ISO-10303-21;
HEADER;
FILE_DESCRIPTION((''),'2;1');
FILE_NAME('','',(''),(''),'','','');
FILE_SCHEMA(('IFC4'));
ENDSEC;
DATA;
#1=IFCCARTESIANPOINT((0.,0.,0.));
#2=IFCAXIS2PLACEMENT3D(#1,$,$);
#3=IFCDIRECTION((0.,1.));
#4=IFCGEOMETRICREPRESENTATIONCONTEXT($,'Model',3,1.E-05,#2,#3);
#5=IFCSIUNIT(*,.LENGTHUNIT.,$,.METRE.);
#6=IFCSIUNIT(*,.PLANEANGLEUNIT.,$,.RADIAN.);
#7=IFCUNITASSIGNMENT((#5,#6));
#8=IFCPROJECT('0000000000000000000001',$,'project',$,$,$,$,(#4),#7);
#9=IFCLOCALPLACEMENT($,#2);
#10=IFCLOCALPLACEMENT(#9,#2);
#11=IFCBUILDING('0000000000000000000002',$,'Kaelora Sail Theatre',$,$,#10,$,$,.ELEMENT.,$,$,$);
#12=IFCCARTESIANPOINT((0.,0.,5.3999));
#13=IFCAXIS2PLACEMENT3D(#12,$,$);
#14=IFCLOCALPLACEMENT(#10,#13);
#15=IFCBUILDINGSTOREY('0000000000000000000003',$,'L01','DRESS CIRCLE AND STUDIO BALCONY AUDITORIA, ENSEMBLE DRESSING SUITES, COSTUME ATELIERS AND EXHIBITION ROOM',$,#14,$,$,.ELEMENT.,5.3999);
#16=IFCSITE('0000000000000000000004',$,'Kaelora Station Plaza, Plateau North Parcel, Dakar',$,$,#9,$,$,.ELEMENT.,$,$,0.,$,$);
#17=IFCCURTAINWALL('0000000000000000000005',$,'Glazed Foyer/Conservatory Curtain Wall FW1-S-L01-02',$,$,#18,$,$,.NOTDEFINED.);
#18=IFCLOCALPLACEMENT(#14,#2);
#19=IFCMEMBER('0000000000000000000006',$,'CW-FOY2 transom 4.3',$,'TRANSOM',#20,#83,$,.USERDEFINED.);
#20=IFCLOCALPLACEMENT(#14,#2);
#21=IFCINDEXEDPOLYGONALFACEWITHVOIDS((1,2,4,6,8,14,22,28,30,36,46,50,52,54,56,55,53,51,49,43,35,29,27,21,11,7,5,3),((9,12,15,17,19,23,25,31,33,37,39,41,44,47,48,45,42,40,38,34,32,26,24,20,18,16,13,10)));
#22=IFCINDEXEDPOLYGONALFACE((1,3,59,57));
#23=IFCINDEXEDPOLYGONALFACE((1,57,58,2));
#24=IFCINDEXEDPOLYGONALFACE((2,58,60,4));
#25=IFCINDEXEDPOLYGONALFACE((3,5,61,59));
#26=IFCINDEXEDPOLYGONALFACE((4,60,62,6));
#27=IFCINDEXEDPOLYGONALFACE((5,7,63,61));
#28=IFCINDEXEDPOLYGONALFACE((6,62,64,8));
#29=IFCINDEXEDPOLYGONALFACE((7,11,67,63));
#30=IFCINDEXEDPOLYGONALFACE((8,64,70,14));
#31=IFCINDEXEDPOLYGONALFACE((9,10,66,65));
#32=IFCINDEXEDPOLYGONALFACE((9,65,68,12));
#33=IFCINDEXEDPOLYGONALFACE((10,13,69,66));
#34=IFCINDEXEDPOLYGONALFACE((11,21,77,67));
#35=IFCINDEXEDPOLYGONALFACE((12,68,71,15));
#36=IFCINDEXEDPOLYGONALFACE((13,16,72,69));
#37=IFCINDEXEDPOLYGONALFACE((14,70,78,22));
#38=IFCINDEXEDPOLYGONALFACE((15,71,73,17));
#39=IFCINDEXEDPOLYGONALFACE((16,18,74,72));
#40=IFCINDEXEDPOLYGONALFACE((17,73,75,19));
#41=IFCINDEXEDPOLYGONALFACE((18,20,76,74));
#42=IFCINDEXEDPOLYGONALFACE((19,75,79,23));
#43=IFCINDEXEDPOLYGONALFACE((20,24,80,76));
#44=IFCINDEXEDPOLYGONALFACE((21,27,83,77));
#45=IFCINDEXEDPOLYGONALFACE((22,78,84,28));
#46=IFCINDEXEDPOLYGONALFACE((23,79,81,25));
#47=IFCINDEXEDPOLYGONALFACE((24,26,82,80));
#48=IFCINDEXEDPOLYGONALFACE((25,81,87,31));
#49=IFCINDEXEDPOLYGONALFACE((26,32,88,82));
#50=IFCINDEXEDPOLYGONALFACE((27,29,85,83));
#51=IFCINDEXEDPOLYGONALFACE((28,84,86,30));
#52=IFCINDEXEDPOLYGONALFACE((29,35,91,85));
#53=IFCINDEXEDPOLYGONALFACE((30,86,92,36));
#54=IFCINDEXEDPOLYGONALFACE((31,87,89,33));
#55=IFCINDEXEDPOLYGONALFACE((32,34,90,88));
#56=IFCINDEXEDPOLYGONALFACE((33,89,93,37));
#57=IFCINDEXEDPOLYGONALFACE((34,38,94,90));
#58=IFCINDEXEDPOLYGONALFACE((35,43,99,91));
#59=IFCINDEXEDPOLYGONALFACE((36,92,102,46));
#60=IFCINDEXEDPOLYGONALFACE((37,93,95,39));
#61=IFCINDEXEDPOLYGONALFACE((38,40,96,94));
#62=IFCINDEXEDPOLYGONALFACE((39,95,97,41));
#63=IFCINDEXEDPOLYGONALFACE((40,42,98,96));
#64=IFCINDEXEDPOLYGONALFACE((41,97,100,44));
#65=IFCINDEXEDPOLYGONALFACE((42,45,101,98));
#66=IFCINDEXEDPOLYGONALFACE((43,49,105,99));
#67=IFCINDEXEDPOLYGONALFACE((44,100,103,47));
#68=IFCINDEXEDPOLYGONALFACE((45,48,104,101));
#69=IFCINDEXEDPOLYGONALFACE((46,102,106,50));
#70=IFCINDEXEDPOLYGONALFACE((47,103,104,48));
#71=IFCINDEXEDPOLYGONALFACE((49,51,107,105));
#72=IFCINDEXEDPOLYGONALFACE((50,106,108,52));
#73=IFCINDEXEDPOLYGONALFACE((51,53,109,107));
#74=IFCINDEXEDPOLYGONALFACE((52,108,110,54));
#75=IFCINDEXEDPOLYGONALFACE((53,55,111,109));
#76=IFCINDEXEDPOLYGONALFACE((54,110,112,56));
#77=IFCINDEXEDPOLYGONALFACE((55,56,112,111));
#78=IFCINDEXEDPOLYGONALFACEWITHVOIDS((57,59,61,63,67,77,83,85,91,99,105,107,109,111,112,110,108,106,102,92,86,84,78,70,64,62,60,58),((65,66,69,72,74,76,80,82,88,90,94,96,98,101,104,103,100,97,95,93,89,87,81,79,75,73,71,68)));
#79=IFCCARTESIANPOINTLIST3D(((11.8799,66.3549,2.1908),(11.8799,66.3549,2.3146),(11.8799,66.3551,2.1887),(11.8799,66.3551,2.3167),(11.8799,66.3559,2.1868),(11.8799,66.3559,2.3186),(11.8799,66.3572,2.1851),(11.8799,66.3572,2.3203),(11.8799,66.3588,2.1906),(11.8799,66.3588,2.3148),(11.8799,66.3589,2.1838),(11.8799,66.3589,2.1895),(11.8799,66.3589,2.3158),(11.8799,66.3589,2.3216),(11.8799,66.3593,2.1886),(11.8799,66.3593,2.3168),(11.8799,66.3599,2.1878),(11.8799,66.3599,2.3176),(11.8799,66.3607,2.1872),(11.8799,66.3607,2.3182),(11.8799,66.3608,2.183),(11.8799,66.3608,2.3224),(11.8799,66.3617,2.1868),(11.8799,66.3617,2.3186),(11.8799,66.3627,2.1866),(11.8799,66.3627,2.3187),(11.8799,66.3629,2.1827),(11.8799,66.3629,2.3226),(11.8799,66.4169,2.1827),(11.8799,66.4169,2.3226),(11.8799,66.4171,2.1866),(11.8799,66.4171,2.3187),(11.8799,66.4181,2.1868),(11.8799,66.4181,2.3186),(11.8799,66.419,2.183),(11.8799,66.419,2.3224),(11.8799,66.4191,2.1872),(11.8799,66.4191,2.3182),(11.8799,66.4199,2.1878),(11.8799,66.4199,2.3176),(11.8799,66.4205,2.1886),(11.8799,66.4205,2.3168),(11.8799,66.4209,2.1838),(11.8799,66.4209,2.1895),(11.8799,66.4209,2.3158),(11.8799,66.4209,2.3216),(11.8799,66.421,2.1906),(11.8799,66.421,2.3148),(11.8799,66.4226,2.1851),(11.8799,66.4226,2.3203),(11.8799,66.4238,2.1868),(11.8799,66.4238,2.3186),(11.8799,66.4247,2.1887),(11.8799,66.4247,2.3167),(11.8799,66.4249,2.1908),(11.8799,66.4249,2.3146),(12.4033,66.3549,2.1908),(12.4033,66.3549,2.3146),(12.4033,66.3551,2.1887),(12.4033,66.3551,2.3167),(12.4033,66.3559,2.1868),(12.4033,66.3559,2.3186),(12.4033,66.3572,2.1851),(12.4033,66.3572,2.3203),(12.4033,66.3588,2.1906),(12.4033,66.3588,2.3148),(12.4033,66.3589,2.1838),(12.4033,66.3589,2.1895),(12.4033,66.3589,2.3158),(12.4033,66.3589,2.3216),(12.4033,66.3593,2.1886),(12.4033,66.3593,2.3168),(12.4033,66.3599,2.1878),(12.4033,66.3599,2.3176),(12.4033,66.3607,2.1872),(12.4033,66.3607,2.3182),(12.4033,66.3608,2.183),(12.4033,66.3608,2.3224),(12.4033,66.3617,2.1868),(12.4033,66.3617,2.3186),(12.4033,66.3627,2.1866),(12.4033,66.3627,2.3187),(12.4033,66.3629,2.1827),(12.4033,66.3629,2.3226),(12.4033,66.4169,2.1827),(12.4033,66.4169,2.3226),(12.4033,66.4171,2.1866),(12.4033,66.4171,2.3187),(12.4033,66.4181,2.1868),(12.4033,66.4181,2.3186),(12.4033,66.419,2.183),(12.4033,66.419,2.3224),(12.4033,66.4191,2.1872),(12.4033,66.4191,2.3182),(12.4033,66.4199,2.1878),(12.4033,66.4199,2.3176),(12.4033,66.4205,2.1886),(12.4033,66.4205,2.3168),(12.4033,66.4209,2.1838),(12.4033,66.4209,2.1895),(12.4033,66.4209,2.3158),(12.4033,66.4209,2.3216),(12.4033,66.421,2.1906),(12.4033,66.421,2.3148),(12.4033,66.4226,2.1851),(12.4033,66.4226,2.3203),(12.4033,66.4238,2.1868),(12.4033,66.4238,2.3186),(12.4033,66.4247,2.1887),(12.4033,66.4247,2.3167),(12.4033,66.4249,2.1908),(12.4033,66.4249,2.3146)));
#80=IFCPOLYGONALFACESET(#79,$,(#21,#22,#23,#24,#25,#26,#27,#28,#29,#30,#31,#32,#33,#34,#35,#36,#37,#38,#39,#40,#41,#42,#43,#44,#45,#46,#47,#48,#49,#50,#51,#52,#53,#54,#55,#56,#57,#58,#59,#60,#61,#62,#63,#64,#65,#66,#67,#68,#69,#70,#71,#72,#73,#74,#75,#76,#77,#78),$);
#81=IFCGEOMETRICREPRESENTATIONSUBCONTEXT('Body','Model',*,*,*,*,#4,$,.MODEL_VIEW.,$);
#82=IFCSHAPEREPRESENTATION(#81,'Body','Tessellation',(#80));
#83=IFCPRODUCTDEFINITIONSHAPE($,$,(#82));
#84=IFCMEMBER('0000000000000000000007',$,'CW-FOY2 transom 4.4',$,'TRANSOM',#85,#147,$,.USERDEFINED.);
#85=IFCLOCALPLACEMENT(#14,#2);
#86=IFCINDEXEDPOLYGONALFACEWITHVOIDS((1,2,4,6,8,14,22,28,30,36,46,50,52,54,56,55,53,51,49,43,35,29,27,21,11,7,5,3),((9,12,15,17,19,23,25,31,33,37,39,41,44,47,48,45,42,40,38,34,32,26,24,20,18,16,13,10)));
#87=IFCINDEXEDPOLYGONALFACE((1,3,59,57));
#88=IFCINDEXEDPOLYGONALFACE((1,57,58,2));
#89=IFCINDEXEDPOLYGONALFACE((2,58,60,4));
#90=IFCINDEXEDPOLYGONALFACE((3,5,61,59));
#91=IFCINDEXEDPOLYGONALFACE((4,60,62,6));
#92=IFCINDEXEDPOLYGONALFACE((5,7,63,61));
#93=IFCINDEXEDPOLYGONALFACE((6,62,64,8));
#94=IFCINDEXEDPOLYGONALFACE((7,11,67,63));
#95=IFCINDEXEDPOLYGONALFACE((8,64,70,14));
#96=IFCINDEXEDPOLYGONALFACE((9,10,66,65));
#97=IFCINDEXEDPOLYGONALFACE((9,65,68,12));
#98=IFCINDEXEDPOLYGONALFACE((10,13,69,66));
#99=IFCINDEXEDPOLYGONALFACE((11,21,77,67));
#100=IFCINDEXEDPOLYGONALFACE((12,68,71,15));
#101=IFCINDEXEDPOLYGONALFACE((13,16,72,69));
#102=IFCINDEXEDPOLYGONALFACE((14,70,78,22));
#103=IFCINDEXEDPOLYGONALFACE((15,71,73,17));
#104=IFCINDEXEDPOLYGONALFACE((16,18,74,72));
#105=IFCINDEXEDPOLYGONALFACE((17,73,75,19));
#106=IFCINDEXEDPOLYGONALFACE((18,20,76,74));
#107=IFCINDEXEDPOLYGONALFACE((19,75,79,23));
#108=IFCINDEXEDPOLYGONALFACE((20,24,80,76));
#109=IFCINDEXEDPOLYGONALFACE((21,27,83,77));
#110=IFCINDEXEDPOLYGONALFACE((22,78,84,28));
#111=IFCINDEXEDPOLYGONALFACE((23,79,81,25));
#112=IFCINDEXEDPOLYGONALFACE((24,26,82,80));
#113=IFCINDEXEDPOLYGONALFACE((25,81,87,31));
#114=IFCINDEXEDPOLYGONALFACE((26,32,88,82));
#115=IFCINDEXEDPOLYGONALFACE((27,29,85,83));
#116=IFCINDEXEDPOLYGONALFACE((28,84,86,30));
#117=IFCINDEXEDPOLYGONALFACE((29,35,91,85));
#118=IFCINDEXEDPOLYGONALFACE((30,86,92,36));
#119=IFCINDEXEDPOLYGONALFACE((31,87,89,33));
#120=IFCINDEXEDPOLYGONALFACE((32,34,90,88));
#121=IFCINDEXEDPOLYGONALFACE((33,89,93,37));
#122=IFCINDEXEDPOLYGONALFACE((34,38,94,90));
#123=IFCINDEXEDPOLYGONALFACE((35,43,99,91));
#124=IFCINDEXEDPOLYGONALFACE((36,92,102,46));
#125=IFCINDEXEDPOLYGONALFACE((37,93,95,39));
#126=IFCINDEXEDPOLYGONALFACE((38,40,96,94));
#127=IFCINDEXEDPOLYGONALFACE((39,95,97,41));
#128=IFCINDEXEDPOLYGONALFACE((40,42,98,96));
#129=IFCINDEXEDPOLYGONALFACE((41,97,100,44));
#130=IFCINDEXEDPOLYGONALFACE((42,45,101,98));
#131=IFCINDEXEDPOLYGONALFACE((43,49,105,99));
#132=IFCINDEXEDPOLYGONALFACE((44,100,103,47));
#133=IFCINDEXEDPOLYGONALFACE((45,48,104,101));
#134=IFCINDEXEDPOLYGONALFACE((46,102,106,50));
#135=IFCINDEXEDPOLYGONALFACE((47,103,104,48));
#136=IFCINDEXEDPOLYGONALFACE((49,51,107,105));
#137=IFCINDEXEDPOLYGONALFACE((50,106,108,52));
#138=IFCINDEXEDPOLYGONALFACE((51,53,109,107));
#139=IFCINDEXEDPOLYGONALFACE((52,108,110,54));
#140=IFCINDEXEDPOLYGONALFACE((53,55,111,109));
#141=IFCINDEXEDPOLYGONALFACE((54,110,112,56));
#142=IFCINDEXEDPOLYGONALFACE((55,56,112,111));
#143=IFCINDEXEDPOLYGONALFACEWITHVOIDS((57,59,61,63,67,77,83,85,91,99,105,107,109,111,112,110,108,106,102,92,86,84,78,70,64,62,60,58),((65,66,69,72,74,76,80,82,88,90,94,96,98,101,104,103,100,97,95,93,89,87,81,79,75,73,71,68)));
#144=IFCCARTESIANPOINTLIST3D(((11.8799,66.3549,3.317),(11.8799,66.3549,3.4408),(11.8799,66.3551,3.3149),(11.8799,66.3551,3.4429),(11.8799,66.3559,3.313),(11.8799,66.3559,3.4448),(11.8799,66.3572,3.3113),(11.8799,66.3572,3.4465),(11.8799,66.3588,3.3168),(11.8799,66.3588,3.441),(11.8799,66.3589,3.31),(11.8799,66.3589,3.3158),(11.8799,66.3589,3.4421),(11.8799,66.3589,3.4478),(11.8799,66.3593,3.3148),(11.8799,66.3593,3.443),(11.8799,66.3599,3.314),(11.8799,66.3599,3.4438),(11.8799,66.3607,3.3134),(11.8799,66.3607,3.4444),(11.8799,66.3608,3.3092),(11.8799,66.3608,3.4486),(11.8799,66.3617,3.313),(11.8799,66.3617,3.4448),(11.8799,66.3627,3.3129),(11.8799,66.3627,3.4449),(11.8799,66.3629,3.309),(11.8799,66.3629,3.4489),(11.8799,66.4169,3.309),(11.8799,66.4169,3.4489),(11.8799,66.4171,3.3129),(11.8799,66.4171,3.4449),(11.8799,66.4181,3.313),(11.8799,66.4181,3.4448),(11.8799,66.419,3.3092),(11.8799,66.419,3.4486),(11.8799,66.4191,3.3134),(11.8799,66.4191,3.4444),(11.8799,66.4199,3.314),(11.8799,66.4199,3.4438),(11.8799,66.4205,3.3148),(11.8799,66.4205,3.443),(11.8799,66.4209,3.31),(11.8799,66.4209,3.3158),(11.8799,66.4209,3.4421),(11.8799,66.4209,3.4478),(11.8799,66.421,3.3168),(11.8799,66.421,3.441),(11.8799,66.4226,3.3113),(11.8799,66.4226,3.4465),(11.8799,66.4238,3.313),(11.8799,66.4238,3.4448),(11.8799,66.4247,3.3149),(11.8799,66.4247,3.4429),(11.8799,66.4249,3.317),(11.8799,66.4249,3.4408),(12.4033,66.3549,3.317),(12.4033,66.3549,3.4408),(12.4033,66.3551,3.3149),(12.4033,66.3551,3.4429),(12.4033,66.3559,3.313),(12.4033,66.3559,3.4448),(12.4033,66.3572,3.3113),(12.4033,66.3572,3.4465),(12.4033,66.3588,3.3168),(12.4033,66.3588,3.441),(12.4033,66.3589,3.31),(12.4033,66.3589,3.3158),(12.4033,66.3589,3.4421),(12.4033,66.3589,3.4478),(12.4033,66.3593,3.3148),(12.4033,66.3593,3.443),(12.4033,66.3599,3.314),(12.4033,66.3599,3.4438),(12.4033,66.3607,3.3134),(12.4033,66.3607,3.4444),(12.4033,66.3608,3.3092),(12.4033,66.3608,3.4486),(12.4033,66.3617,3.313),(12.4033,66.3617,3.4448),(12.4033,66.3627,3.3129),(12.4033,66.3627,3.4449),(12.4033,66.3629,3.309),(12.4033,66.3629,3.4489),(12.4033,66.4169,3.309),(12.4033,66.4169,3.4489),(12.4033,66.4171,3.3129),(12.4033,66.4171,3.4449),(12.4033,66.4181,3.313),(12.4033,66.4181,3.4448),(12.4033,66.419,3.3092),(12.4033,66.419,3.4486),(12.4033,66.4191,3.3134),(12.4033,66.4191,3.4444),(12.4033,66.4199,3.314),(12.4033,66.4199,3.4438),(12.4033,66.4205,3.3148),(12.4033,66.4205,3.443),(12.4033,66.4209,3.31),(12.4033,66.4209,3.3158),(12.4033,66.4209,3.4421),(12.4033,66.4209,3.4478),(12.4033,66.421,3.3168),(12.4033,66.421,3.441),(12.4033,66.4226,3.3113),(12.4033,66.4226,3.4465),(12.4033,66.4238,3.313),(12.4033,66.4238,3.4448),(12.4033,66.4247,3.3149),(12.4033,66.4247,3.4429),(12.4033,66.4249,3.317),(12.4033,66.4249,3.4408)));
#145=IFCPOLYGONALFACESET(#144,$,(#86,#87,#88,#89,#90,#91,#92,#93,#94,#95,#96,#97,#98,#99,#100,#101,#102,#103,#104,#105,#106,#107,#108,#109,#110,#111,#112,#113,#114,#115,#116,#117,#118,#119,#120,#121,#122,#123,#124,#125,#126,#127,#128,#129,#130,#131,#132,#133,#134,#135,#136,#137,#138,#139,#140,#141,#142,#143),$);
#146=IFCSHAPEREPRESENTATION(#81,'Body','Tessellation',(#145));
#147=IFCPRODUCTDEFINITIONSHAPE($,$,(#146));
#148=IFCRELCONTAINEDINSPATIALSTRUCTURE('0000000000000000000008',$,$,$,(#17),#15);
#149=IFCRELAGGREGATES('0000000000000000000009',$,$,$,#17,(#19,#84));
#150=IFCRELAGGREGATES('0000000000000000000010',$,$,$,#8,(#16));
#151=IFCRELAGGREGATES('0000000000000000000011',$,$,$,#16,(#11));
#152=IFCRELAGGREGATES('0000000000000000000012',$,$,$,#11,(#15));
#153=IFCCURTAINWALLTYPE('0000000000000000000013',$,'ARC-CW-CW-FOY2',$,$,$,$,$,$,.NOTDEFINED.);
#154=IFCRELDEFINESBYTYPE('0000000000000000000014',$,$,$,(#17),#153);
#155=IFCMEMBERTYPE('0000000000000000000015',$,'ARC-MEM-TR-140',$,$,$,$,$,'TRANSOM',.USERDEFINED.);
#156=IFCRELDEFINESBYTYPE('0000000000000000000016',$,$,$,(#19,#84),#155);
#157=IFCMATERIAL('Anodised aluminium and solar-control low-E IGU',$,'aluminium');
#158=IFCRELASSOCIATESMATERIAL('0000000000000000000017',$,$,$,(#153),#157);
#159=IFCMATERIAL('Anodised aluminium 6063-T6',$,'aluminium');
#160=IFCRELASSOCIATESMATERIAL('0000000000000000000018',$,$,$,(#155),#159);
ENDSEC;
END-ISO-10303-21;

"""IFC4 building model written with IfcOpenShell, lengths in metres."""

from ifc_helpers import new_model, si_unit, direction, frame, origin, origin_2d, place, context, subcontext, project, spatial, hollow_rectangle, extrude, material, material_profile, profile_set, type_object, element, aggregate, save


model = new_model("IFC4")

# Units and contexts
model_context = context("Model", 3, precision=1e-05, world=origin(), true_north=direction((0.0, 1.0)))
body_context = subcontext(model_context, "Body", "Model", "MODEL_VIEW")
ifc_project = project(units=[si_unit("LENGTHUNIT", "METRE"), si_unit("PLANEANGLEUNIT", "RADIAN")], contexts=[model_context])

# Site, building, storey
site_placement = place(None, origin())
site = spatial("IfcSite", under=ifc_project, at=site_placement, Name="Kaelora Station Plaza, Plateau North Parcel, Dakar", CompositionType="ELEMENT", RefElevation=0.0)
building_placement = place(site_placement, origin())
building = spatial("IfcBuilding", under=site, at=building_placement, Name="Kaelora Sail Theatre", CompositionType="ELEMENT")
storey_placement = place(building_placement, frame((0.0, 0.0, 5.3999)))
storey = spatial("IfcBuildingStorey", under=building, at=storey_placement, Name="L01", Description="DRESS CIRCLE AND STUDIO BALCONY AUDITORIA, ENSEMBLE DRESSING SUITES, COSTUME ATELIERS AND EXHIBITION ROOM", CompositionType="ELEMENT", Elevation=5.3999)

# Curtain wall, members
ifc_material_1 = material(Name="Anodised aluminium and solar-control low-E IGU", Category="aluminium")
curtain_wall_type = type_object("IfcCurtainWallType", Name="ARC-CW-CW-FOY2", PredefinedType="NOTDEFINED", material=ifc_material_1)
curtain_wall_1_placement = place(storey_placement, origin())
curtain_wall_1 = element("IfcCurtainWall", 1, at=curtain_wall_1_placement, inside=storey, type_object=curtain_wall_type, Name="Glazed Foyer/Conservatory Curtain Wall FW1-S-L01-02", PredefinedType="NOTDEFINED")
ifc_material_2 = material(Name="Anodised aluminium 6063-T6", Category="aluminium")
ifc_material_profile = material_profile(ifc_material_2, hollow_rectangle(XDim=0.0701, YDim=0.1399, WallThickness=0.0039, InnerFilletRadius=0.0039, OuterFilletRadius=0.0081, at=origin_2d()), Name="ALU-TRAN 70x140x4")
ifc_profile_set = profile_set([ifc_material_profile], Name="Anodised aluminium 6063-T6")
member_type = type_object("IfcMemberType", Name="ARC-MEM-TR-140", ElementType="TRANSOM", PredefinedType="USERDEFINED", material=ifc_profile_set)
member_1_placement = place(storey_placement, frame((11.8799, 66.3899, 2.2527), z_axis=(1.0, 0.0, 0.0), x_axis=(0.0, 1.0, 0.0)))
member_1 = element("IfcMember", 2, at=member_1_placement, type_object=member_type, Name="CW-FOY2 transom 4.3", ObjectType="TRANSOM", PredefinedType="USERDEFINED", context=body_context, shape_type="SweptSolid", body=[
    extrude(hollow_rectangle(XDim=0.0701, YDim=0.1399, WallThickness=0.0039, InnerFilletRadius=0.0039, OuterFilletRadius=0.0081, at=origin_2d()), origin(), (0.0, 0.0, 1.0), 0.5234),
])
member_2_placement = place(storey_placement, frame((11.8799, 66.3899, 3.3789), z_axis=(1.0, 0.0, 0.0), x_axis=(0.0, 1.0, 0.0)))
member_2 = element("IfcMember", 3, at=member_2_placement, type_object=member_type, Name="CW-FOY2 transom 4.4", ObjectType="TRANSOM", PredefinedType="USERDEFINED", context=body_context, shape_type="SweptSolid", body=[
    extrude(hollow_rectangle(XDim=0.0701, YDim=0.1399, WallThickness=0.0039, InnerFilletRadius=0.0039, OuterFilletRadius=0.0081, at=origin_2d()), origin(), (0.0, 0.0, 1.0), 0.5234),
])

aggregate(curtain_wall_1, [member_1, member_2])

save(model, "model.ifc")
